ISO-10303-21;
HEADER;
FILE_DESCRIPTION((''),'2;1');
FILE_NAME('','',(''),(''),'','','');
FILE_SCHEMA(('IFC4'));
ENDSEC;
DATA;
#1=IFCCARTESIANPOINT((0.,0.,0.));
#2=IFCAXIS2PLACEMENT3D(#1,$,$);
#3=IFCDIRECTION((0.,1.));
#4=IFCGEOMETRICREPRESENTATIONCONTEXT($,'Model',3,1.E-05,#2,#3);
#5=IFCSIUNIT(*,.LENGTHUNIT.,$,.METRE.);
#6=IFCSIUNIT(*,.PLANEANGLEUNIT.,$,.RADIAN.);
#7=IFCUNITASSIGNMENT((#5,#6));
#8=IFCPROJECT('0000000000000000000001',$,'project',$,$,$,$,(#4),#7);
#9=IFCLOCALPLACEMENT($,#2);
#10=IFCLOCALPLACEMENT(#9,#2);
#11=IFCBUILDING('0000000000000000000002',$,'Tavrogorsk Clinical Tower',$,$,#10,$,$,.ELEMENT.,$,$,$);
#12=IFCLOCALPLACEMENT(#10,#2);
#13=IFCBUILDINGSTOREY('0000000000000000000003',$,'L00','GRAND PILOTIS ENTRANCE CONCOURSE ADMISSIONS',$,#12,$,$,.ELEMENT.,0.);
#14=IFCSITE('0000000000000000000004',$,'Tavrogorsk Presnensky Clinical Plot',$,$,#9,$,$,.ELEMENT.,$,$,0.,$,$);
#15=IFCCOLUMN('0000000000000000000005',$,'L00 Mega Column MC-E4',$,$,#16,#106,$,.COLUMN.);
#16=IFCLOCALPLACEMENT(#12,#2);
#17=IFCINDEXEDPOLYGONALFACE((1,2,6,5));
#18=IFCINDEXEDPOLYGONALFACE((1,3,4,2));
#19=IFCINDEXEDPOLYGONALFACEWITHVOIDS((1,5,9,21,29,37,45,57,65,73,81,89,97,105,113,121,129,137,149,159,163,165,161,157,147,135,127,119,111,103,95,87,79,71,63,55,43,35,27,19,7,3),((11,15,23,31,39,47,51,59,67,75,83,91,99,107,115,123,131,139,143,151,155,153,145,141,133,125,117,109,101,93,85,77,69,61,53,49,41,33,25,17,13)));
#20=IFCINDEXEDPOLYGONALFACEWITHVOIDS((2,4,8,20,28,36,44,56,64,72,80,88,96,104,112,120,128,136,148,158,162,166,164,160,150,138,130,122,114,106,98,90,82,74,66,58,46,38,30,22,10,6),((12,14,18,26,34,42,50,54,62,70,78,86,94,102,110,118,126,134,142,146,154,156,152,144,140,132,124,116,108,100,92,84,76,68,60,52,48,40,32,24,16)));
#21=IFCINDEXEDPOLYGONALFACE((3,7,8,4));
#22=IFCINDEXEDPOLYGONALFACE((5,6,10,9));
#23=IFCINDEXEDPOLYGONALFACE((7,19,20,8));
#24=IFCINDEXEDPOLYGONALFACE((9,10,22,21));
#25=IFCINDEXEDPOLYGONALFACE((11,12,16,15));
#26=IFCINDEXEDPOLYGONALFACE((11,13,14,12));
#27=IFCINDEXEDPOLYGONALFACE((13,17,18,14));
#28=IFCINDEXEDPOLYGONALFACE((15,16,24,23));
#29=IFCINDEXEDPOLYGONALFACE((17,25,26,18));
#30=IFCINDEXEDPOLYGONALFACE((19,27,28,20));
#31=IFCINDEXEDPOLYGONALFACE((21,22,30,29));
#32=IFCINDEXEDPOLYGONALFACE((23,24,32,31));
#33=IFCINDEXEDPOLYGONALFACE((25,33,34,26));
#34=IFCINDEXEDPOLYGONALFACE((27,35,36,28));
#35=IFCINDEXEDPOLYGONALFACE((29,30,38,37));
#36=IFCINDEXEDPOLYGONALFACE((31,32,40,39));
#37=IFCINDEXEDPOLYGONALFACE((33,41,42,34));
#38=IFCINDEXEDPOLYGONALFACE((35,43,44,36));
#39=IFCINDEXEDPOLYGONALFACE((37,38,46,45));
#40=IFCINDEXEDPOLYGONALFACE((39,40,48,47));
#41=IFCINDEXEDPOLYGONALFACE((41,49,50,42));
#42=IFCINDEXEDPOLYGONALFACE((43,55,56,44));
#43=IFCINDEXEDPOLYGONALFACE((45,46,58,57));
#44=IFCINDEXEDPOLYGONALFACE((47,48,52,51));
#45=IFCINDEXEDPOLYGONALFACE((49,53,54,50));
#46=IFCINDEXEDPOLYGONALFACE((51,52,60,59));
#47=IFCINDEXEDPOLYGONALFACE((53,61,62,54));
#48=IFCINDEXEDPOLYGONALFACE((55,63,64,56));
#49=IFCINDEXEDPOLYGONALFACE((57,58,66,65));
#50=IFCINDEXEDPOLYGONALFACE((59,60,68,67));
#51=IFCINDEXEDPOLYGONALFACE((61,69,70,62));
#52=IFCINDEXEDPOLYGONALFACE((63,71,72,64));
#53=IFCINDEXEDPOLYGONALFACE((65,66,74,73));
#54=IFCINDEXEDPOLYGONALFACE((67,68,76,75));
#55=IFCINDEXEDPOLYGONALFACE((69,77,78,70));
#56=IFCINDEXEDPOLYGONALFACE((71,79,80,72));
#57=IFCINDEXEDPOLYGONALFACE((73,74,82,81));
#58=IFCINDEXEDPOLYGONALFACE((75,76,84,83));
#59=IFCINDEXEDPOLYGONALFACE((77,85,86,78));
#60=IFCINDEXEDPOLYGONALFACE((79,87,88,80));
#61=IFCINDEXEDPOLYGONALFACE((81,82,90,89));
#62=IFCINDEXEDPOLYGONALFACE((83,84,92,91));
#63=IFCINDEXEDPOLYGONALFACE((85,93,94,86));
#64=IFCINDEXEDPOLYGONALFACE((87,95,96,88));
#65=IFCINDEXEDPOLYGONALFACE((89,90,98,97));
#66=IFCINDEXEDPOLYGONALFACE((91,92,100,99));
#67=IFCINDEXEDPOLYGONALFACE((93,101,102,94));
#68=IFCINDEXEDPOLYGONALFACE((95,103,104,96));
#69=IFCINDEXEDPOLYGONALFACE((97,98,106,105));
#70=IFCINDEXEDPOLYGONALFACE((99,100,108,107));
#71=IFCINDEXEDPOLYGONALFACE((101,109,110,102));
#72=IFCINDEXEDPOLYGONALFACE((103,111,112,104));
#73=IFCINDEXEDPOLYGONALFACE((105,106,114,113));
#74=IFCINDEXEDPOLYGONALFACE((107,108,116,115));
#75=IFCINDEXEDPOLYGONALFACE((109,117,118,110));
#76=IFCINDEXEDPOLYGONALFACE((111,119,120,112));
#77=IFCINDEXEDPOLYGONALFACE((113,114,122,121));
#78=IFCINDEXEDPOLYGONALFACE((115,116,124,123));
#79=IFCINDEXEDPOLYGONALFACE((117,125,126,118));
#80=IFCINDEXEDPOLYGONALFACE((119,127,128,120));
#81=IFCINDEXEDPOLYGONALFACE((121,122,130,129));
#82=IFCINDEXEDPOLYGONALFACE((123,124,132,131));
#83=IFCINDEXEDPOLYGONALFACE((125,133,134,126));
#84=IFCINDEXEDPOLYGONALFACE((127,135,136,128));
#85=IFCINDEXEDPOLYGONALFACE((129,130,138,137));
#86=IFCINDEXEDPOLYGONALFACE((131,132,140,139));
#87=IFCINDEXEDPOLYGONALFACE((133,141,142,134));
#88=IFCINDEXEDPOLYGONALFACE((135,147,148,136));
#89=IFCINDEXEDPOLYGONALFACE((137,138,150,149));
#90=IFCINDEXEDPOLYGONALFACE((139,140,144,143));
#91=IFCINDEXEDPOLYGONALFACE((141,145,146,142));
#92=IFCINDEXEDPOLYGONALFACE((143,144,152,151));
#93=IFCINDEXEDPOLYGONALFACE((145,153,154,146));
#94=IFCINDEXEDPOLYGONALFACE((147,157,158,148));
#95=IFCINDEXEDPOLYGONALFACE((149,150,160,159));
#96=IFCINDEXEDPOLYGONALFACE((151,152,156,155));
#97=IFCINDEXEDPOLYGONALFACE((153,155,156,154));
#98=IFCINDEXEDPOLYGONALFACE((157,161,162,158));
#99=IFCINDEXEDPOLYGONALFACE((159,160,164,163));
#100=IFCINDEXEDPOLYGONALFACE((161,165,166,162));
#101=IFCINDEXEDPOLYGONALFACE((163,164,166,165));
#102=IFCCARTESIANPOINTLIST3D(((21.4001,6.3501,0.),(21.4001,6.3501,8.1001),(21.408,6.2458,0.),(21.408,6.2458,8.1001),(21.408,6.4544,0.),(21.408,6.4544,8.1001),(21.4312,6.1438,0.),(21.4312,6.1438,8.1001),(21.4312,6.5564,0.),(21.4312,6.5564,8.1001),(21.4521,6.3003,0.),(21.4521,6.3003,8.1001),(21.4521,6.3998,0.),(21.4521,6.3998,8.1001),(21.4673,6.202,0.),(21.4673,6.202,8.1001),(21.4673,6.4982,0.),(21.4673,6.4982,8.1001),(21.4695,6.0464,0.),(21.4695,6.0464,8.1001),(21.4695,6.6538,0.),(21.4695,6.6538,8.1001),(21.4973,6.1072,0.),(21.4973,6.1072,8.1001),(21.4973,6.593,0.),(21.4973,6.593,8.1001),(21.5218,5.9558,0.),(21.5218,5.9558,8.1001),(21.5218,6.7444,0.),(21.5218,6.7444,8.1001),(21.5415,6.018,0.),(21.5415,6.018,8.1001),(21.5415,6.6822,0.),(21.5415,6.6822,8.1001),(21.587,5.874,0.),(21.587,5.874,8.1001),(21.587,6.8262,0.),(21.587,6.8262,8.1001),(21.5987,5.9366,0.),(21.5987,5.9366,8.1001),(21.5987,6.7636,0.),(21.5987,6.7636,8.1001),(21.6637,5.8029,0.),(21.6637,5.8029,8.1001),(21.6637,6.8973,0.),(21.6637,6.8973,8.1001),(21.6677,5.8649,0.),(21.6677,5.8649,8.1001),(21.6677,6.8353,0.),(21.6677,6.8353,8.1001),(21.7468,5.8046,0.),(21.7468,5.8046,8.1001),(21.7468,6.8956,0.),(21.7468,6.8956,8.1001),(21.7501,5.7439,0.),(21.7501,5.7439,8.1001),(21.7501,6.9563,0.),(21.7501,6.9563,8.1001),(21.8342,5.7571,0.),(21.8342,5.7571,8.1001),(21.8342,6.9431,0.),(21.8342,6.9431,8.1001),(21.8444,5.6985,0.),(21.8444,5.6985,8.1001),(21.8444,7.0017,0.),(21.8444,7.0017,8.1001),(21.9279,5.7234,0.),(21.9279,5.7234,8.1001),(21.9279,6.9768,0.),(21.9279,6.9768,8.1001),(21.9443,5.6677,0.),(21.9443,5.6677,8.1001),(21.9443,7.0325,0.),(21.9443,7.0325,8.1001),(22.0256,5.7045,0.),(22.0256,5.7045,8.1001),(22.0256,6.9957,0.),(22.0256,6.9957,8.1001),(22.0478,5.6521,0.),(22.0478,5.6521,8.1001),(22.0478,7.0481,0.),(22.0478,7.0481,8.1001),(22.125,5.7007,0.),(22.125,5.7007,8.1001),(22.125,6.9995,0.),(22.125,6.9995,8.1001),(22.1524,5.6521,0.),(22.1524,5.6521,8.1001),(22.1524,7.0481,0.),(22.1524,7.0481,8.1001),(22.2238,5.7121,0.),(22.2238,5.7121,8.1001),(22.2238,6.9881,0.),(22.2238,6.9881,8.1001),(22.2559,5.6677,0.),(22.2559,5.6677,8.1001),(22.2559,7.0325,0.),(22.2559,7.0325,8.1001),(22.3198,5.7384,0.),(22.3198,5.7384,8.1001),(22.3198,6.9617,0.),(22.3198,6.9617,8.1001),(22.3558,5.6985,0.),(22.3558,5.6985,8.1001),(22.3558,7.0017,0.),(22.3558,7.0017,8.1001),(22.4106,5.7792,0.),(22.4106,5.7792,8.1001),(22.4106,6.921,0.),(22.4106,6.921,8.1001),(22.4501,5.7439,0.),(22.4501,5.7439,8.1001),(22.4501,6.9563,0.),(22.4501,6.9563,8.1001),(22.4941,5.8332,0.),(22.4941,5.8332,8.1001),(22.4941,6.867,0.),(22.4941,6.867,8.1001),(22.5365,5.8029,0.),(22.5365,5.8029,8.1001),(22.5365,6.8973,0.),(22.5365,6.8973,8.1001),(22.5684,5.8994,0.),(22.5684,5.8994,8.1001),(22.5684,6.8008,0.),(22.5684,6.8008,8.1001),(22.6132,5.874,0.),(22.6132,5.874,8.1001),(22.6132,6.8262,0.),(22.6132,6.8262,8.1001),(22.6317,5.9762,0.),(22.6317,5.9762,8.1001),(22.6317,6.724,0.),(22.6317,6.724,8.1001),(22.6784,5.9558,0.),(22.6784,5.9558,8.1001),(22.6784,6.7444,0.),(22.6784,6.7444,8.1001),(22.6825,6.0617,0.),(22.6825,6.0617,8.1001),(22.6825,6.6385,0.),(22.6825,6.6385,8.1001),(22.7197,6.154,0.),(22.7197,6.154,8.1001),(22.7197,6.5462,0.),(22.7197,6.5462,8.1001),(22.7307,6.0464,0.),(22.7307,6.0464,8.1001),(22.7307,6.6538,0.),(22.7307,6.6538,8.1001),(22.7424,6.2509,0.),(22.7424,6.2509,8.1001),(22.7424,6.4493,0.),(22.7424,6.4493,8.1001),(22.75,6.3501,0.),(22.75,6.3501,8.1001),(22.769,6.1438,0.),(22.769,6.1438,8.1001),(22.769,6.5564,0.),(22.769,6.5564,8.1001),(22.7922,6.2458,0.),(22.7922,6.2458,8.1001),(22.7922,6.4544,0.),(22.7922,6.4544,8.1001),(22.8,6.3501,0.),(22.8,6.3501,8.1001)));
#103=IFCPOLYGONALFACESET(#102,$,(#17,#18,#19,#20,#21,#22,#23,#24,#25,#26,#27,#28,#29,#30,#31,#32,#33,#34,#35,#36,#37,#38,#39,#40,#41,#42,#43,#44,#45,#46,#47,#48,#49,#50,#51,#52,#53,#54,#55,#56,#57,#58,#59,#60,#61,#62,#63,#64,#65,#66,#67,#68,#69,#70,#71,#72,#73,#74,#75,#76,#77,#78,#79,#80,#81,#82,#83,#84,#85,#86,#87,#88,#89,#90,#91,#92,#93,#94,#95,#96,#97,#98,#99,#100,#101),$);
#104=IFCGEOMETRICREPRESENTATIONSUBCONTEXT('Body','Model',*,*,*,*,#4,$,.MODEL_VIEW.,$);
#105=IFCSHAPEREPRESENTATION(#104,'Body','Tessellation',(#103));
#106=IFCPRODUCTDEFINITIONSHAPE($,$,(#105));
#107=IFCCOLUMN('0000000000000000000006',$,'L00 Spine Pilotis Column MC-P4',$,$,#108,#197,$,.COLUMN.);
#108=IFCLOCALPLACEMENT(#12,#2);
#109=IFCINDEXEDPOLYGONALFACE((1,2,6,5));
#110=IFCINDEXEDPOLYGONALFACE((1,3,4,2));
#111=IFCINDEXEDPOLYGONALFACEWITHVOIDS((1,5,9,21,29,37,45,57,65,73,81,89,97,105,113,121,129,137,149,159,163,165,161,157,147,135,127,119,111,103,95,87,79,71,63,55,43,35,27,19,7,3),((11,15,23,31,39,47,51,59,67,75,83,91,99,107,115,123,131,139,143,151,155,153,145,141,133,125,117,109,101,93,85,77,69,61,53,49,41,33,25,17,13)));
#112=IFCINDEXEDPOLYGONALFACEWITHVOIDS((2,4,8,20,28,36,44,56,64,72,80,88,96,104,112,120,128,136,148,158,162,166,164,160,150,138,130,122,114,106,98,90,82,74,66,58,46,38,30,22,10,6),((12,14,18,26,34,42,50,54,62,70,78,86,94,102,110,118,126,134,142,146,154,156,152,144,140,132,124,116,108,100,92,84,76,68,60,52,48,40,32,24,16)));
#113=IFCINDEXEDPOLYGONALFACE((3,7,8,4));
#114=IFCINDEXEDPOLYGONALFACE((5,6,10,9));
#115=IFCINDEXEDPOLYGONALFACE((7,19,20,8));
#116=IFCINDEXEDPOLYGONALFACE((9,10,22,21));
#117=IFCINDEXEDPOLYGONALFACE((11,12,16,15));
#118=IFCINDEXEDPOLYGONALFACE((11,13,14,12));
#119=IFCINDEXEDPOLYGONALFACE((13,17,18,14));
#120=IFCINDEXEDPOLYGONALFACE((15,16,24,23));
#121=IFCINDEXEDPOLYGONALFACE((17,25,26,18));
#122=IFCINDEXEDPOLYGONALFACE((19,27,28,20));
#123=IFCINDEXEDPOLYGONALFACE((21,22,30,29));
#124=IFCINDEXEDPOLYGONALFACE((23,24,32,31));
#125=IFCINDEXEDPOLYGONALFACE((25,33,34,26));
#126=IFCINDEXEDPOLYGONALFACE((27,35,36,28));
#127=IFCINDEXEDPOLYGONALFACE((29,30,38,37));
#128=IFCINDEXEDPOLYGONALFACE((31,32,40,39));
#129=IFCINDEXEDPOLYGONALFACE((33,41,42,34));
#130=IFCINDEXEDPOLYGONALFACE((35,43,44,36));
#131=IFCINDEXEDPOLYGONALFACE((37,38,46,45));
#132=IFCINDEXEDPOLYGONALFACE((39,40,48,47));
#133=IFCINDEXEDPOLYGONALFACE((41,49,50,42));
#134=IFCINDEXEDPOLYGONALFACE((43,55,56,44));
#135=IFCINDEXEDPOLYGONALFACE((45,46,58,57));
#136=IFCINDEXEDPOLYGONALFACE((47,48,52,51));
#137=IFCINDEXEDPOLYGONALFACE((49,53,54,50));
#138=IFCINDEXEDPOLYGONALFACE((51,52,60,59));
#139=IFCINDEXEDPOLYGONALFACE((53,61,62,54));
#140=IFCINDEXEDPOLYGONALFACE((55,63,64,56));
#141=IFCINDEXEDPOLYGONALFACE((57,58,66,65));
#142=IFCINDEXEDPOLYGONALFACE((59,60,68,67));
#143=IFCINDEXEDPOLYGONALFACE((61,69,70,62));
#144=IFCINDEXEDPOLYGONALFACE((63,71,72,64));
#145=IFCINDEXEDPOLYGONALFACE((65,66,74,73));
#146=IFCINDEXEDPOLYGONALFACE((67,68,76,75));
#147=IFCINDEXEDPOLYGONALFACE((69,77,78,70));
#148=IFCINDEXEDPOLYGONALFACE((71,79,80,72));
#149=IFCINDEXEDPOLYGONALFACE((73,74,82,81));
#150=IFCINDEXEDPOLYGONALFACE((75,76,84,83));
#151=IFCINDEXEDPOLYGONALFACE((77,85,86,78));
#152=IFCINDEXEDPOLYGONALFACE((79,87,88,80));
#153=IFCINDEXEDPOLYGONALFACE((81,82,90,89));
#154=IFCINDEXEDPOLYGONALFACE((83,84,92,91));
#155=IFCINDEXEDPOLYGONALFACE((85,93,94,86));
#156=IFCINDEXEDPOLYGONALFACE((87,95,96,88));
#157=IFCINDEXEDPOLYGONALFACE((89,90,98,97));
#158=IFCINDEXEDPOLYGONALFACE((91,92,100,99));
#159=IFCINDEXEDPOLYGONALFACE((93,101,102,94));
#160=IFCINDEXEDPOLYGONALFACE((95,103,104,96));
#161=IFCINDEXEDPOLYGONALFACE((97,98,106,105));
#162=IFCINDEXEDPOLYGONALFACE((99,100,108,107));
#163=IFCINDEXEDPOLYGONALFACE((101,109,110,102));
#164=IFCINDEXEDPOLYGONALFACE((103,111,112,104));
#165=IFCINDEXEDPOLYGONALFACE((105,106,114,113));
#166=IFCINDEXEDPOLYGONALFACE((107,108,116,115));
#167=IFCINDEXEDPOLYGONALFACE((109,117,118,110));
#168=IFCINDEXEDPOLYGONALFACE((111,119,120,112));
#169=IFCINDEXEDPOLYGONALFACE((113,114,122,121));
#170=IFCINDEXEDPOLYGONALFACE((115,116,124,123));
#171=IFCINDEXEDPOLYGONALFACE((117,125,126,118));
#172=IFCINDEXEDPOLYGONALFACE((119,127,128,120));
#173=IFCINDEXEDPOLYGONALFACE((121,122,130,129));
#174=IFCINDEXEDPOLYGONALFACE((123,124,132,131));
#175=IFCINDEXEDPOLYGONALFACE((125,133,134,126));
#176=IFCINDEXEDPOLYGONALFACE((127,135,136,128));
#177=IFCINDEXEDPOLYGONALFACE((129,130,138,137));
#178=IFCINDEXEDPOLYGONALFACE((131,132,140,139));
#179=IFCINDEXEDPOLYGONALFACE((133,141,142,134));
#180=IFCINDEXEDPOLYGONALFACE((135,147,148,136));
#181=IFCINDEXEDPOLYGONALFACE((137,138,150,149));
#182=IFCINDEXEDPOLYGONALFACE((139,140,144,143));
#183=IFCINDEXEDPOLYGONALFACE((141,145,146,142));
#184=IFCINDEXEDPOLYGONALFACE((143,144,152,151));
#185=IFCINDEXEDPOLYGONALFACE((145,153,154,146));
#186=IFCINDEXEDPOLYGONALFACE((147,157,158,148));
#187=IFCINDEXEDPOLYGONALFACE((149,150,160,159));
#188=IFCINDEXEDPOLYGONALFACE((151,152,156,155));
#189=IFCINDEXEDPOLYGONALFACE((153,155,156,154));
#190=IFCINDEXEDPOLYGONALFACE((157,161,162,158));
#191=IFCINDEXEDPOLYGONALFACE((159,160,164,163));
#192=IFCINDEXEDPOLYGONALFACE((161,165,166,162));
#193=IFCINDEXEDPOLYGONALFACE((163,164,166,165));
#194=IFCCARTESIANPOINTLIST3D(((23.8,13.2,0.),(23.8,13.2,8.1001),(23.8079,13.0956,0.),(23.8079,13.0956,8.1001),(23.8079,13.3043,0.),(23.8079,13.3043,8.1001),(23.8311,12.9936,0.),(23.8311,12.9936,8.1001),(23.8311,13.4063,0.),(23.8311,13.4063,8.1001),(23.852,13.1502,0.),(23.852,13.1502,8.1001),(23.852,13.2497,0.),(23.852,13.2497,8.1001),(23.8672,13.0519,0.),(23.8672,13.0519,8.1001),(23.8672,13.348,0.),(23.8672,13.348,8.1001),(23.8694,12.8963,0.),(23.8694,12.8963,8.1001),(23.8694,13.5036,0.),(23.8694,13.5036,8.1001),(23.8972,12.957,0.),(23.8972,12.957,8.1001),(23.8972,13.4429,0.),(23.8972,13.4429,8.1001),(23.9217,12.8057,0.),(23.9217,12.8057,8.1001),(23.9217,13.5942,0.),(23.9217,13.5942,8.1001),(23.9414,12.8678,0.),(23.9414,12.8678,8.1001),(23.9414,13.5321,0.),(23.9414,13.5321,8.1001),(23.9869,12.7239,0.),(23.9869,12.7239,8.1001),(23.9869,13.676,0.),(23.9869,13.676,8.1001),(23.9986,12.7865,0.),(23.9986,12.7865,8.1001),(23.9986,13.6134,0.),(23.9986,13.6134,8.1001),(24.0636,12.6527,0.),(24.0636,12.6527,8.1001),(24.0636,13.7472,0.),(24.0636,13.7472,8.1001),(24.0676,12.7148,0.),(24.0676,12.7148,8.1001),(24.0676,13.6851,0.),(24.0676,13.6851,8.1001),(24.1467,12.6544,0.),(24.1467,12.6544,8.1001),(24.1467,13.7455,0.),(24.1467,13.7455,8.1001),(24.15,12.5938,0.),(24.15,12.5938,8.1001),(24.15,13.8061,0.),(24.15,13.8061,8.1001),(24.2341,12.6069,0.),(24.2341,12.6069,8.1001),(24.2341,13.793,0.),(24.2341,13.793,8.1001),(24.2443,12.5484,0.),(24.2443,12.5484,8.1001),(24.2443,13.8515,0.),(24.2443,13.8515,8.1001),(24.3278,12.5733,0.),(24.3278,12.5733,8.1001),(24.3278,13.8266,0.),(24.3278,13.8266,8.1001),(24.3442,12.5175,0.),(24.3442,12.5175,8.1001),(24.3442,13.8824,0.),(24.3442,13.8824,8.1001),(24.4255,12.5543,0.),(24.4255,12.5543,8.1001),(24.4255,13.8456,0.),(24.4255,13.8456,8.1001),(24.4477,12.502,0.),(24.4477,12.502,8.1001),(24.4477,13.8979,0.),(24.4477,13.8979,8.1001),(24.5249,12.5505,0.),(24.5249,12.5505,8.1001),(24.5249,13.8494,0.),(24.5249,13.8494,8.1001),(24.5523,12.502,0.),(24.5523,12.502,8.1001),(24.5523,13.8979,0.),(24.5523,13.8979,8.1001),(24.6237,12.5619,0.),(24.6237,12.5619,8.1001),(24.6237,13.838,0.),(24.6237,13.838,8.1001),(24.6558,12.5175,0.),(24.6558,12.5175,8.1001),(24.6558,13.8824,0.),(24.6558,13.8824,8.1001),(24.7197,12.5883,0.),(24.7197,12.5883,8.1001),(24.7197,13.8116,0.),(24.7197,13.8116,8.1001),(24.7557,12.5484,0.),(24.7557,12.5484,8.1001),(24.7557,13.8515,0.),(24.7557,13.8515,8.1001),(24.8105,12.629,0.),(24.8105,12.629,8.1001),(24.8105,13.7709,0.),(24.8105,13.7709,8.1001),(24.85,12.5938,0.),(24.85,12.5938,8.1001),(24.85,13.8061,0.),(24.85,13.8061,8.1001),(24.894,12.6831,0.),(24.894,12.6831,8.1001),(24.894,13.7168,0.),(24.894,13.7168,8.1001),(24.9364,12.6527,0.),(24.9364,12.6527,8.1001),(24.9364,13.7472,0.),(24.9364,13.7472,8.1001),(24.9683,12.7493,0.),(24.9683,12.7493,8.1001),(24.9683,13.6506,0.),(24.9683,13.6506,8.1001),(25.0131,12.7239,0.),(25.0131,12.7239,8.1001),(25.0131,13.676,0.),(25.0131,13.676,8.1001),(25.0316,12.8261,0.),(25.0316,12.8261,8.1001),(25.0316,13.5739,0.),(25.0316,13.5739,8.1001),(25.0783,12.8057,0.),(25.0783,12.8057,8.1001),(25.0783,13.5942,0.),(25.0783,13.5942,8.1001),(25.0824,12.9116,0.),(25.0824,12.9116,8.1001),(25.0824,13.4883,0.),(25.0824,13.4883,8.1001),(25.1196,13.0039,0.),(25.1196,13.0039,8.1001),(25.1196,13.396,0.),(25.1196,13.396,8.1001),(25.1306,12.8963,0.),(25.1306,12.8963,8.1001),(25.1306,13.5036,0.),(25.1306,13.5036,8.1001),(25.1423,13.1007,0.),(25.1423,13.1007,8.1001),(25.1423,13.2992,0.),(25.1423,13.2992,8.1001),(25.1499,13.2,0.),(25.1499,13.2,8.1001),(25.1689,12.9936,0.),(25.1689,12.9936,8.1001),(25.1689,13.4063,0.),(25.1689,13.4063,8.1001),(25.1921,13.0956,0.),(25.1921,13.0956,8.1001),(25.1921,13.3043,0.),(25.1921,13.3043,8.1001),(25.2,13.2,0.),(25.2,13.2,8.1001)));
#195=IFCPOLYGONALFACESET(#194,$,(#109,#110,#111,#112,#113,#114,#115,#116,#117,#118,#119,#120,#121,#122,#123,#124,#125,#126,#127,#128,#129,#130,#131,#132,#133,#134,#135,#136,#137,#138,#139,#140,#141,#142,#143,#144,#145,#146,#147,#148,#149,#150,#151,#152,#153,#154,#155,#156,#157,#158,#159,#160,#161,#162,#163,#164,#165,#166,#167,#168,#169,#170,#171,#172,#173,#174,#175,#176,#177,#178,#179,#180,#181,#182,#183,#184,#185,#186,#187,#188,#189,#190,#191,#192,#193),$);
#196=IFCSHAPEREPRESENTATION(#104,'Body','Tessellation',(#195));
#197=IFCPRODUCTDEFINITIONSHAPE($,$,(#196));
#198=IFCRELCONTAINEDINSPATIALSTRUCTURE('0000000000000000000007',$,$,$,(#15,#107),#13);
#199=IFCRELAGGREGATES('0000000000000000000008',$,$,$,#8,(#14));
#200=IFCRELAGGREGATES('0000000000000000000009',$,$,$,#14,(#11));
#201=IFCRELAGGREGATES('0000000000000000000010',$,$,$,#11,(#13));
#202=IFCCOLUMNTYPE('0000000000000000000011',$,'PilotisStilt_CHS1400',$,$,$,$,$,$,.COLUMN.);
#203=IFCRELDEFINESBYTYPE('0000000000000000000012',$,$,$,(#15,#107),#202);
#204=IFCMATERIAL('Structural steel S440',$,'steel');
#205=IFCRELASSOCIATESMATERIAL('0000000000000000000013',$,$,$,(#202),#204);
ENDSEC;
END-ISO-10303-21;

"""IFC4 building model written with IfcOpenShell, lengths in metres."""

from ifc_helpers import new_model, si_unit, direction, frame, origin, origin_2d, place, context, subcontext, project, spatial, hollow_circle, extrude, material, material_profile, profile_set, type_object, element, save


model = new_model("IFC4")

# Units and contexts
model_context = context("Model", 3, precision=1e-05, world=origin(), true_north=direction((0.0, 1.0)))
body_context = subcontext(model_context, "Body", "Model", "MODEL_VIEW")
ifc_project = project(units=[si_unit("LENGTHUNIT", "METRE"), si_unit("PLANEANGLEUNIT", "RADIAN")], contexts=[model_context])

# Site, building, storey
site_placement = place(None, origin())
site = spatial("IfcSite", under=ifc_project, at=site_placement, Name="Tavrogorsk Presnensky Clinical Plot", CompositionType="ELEMENT", RefElevation=0.0)
building_placement = place(site_placement, origin())
building = spatial("IfcBuilding", under=site, at=building_placement, Name="Tavrogorsk Clinical Tower", CompositionType="ELEMENT")
storey_placement = place(building_placement, origin())
storey = spatial("IfcBuildingStorey", under=building, at=storey_placement, Name="L00", Description="GRAND PILOTIS ENTRANCE CONCOURSE ADMISSIONS", CompositionType="ELEMENT", Elevation=0.0)

# Columns
ifc_material_1 = material(Name="Structural steel S440", Category="steel")
ifc_material_profile_1 = material_profile(ifc_material_1, hollow_circle(Radius=0.7, WallThickness=0.05, at=origin_2d()), Name="CHS-1400x50")
ifc_profile_set_1 = profile_set([ifc_material_profile_1], Name="Structural steel S440")
column_type = type_object("IfcColumnType", Name="PilotisStilt_CHS1400", PredefinedType="COLUMN", material=ifc_profile_set_1)
for number, where, z_axis, x_axis, name in (
    (1, (22.1001, 6.3501, 0.0), (0.0, 0.0, 1.0), (1.0, 0.0, 0.0), "L00 Mega Column MC-E4"),
    (2, (24.5, 13.2, 0.0), (0.0, 0.0, 1.0), (1.0, 0.0, 0.0), "L00 Spine Pilotis Column MC-P4"),
):
    element("IfcColumn", number, at=place(storey_placement, frame(where, z_axis=z_axis, x_axis=x_axis)), inside=storey, type_object=column_type, Name=name, PredefinedType="COLUMN", context=body_context, shape_type="SweptSolid", body=[
        extrude(hollow_circle(Radius=0.7, WallThickness=0.05, at=origin_2d()), origin(), (0.0, 0.0, 1.0), 8.1001),
    ])

save(model, "model.ifc")
